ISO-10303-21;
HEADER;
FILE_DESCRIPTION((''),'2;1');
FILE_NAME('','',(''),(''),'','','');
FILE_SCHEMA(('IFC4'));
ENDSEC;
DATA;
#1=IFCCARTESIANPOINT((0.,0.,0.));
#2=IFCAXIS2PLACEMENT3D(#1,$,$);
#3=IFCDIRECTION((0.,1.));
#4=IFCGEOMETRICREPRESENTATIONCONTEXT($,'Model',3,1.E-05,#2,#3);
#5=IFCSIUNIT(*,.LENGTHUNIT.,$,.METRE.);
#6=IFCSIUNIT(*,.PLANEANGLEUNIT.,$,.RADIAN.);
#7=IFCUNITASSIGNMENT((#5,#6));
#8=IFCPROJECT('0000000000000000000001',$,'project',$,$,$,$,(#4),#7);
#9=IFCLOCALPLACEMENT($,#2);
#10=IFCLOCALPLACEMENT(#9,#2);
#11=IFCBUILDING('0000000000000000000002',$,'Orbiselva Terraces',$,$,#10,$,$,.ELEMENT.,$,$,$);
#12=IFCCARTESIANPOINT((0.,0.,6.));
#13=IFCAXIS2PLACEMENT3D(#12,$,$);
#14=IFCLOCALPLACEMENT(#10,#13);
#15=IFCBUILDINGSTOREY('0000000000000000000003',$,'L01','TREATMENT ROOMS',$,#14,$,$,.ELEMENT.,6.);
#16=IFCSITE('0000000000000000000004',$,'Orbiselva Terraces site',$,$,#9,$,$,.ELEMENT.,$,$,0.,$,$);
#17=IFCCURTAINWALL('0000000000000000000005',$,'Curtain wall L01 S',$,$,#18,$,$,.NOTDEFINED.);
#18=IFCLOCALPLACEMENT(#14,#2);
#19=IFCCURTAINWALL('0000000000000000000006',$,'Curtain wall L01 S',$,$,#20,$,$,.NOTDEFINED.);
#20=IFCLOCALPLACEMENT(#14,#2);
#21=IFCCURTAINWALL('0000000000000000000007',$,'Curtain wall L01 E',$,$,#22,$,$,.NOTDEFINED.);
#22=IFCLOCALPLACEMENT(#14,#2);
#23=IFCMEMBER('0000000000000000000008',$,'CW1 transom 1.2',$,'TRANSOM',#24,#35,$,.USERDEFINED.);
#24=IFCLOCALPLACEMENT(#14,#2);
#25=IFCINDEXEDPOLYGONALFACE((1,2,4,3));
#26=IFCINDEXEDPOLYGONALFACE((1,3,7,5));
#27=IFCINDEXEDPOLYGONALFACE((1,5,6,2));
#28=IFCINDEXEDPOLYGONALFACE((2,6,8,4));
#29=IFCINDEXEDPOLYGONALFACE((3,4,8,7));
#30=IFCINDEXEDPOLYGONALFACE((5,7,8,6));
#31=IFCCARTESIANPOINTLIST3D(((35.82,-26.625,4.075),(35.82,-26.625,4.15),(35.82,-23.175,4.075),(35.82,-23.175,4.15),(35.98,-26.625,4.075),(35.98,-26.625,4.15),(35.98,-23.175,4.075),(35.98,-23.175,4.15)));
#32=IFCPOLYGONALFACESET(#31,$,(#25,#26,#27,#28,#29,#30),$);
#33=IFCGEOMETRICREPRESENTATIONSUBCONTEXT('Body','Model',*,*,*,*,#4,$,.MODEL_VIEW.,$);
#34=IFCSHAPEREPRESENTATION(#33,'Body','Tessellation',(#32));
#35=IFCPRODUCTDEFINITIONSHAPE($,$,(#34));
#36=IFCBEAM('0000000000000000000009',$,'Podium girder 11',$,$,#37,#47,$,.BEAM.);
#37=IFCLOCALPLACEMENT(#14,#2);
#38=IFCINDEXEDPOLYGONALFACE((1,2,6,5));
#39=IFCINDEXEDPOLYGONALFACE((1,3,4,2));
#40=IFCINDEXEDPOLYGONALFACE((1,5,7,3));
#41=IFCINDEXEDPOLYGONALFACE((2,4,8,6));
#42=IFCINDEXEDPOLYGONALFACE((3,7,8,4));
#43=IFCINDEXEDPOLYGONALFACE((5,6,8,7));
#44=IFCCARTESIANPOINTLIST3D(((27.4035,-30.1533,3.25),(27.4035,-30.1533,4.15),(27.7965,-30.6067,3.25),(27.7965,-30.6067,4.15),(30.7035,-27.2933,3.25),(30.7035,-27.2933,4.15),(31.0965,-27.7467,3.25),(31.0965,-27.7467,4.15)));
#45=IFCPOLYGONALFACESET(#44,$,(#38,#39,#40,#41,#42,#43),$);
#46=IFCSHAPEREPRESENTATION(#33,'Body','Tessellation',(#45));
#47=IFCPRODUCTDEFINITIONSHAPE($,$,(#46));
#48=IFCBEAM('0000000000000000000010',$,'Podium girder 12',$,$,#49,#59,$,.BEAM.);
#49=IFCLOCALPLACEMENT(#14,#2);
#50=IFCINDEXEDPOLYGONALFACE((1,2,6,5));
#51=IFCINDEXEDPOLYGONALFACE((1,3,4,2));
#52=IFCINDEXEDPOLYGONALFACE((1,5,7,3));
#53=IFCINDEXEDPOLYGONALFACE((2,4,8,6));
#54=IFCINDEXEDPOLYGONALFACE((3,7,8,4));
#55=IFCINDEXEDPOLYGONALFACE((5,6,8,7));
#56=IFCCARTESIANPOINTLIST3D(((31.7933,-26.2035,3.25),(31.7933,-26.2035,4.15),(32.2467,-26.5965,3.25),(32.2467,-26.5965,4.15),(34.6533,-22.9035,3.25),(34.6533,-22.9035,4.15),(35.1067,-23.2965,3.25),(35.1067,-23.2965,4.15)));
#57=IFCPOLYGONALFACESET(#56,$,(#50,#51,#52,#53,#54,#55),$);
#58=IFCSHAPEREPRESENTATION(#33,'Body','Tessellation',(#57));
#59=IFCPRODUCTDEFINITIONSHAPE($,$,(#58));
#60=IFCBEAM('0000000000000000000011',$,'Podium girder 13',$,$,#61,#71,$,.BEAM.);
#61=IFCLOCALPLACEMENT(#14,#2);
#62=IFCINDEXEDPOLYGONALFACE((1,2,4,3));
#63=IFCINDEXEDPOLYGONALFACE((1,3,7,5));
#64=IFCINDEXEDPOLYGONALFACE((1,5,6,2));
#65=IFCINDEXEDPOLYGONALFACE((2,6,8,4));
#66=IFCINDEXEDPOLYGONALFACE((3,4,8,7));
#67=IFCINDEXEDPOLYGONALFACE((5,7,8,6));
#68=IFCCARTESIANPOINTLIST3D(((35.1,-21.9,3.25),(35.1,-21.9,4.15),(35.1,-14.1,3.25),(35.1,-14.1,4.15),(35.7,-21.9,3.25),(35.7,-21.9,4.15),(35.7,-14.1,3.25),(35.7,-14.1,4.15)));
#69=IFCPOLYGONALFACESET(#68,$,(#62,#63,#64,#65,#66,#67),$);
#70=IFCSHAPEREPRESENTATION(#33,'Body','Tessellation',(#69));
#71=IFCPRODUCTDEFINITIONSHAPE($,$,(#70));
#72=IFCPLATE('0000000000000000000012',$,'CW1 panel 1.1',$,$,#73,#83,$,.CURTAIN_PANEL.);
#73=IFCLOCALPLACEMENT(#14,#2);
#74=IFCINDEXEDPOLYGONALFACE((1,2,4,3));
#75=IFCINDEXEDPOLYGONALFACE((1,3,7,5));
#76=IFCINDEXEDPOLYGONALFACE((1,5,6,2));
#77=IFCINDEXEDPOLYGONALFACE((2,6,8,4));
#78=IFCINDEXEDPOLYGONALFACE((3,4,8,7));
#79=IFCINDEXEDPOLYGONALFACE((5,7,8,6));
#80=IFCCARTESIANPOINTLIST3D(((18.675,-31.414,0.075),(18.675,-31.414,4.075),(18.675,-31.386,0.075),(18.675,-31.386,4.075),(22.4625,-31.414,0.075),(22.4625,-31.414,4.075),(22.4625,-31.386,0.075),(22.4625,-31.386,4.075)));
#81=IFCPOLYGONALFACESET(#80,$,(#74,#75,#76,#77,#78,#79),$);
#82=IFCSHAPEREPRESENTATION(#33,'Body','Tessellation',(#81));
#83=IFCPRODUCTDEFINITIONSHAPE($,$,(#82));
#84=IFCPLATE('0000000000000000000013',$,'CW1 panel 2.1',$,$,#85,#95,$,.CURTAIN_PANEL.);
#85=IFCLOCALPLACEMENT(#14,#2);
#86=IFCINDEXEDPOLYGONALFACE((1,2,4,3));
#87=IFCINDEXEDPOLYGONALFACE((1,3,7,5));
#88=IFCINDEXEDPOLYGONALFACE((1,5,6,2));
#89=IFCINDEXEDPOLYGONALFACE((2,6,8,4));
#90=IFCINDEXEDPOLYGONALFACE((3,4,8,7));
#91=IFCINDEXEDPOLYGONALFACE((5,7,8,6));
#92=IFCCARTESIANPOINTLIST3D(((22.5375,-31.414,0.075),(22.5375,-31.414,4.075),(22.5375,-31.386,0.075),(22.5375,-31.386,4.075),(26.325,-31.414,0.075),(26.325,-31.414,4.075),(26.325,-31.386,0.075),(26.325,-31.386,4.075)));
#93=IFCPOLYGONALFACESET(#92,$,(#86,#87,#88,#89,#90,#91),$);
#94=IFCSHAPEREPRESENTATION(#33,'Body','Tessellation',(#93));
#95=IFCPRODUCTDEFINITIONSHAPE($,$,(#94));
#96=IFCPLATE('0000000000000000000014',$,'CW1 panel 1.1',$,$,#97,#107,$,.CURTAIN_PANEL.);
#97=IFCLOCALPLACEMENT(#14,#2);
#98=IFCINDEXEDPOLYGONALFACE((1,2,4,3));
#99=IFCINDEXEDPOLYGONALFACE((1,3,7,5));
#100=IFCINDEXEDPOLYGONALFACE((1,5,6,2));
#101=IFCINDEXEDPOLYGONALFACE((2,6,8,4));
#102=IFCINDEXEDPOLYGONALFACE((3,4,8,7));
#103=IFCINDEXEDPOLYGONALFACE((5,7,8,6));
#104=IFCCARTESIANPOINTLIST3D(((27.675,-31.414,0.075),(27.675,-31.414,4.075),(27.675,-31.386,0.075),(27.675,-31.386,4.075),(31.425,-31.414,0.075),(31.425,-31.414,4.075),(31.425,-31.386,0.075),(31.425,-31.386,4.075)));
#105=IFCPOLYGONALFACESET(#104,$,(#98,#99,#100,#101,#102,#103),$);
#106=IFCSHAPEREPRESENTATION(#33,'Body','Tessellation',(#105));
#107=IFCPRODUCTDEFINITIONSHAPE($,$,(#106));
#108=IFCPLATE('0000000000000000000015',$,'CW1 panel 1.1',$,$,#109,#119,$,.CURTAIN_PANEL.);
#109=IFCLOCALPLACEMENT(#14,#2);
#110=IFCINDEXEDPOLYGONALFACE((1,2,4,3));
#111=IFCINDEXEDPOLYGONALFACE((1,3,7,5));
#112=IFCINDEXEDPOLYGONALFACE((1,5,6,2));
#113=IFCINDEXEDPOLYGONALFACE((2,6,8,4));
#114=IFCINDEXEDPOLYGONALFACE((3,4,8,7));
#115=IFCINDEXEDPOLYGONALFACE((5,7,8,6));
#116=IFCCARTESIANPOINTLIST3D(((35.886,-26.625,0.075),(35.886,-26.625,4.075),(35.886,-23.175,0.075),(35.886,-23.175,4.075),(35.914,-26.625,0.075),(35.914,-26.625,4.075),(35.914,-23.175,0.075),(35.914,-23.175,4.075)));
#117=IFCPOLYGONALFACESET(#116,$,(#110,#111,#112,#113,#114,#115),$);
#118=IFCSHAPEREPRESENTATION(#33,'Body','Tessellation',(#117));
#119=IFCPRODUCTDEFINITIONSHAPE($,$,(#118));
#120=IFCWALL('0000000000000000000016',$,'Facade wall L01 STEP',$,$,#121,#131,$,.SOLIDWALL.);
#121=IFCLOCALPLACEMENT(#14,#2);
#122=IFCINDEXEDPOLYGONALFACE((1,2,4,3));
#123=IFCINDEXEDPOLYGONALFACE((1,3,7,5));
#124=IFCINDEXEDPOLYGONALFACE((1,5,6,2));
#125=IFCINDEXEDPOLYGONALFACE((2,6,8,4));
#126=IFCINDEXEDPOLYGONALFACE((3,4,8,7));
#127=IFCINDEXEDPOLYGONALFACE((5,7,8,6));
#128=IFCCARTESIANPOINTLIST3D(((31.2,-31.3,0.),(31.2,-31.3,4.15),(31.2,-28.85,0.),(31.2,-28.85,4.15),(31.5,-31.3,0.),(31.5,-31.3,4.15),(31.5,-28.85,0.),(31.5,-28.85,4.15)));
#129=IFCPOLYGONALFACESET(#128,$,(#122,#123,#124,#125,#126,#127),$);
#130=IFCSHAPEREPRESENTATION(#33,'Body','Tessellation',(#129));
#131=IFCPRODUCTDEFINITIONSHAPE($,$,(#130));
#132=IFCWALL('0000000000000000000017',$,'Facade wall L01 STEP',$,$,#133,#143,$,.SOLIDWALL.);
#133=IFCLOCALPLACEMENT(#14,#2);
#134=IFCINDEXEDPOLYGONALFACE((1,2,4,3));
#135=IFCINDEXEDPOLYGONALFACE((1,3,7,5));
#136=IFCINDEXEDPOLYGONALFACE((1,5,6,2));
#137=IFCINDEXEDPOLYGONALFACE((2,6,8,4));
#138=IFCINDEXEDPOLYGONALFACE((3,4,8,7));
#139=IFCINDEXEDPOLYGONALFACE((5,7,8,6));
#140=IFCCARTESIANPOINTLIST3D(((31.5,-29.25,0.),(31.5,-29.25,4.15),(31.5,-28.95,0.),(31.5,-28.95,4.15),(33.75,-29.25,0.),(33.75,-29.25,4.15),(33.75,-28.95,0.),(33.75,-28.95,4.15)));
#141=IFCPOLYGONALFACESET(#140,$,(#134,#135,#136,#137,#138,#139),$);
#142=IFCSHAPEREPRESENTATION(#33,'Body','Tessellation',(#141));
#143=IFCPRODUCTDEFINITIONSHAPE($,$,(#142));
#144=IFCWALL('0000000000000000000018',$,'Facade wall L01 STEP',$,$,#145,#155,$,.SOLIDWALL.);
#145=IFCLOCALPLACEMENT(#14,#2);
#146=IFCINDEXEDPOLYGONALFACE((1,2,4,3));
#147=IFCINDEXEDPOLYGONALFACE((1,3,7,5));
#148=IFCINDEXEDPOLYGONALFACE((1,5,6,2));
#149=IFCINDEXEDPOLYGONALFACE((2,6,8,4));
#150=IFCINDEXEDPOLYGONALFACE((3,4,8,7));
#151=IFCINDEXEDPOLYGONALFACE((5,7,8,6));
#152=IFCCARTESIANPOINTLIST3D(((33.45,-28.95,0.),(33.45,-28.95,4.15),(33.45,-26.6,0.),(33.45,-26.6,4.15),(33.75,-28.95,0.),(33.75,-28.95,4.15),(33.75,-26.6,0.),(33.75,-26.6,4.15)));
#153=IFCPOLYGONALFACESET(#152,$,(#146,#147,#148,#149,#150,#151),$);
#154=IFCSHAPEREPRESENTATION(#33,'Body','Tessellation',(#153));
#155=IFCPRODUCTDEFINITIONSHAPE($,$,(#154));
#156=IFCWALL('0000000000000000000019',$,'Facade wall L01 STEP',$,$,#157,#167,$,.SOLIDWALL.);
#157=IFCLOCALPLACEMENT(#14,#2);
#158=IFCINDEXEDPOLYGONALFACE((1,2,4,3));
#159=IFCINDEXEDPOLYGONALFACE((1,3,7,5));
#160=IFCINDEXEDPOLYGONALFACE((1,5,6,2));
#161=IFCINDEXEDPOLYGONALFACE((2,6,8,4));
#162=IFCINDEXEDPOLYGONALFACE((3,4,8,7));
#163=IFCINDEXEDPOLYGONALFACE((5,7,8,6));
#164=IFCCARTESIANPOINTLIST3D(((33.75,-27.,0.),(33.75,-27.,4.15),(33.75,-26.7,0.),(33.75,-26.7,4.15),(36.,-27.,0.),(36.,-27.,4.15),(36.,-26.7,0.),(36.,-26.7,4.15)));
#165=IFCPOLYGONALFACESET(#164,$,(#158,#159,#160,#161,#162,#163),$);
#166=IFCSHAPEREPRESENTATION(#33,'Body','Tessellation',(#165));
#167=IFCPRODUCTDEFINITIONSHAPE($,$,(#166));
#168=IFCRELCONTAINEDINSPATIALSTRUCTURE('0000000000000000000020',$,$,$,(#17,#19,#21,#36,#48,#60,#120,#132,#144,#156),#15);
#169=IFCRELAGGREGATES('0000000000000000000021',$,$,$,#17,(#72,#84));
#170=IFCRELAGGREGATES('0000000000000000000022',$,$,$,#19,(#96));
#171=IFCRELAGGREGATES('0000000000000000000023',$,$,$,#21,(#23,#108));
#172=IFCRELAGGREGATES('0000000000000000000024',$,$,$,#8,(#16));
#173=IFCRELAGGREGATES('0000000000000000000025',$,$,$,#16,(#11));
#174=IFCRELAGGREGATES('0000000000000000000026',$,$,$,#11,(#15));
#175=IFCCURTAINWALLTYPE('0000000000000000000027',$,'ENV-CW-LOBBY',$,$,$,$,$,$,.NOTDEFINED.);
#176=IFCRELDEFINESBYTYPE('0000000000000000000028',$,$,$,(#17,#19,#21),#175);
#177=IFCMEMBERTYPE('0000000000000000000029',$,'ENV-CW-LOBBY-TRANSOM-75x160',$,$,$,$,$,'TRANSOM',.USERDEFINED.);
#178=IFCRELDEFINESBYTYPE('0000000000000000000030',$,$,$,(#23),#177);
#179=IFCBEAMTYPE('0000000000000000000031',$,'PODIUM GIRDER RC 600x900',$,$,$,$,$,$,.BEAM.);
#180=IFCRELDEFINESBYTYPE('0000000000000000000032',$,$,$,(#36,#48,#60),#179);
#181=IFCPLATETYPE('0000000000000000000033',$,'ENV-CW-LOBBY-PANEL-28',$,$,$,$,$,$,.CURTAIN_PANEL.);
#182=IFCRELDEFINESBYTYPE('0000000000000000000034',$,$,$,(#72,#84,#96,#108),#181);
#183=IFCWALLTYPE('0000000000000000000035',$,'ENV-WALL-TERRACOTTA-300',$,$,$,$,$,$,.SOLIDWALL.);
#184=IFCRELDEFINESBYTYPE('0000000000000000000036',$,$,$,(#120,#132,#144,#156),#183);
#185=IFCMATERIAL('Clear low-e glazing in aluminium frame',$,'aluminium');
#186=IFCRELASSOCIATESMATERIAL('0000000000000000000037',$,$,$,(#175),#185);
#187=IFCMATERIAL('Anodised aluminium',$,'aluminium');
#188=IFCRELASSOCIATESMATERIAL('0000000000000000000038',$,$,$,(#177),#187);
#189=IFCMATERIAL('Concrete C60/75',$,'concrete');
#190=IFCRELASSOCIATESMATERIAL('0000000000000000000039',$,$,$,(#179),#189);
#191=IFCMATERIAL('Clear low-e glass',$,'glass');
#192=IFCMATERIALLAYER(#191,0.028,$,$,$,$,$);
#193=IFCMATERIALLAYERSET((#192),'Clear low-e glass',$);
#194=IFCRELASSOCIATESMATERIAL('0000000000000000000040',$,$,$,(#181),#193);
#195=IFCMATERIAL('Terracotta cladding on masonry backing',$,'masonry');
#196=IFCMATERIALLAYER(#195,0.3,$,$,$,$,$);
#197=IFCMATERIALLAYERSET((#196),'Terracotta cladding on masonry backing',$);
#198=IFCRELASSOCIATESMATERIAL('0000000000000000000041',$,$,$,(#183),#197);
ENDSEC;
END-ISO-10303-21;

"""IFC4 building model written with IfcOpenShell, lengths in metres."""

from ifc_helpers import new_model, si_unit, direction, frame, frame_2d, origin, origin_2d, place, context, subcontext, project, spatial, rectangle, extrude, material, layer, layer_set, material_profile, profile_set, type_object, element, aggregate, save


model = new_model("IFC4")

# Units and contexts
model_context = context("Model", 3, precision=1e-05, world=origin(), true_north=direction((0.0, 1.0)))
body_context = subcontext(model_context, "Body", "Model", "MODEL_VIEW")
ifc_project = project(units=[si_unit("LENGTHUNIT", "METRE"), si_unit("PLANEANGLEUNIT", "RADIAN")], contexts=[model_context])

# Site, building, storey
site_placement = place(None, origin())
site = spatial("IfcSite", under=ifc_project, at=site_placement, Name="Orbiselva Terraces site", CompositionType="ELEMENT", RefElevation=0.0)
building_placement = place(site_placement, origin())
building = spatial("IfcBuilding", under=site, at=building_placement, Name="Orbiselva Terraces", CompositionType="ELEMENT")
storey_placement = place(building_placement, frame((0.0, 0.0, 6.0)))
storey = spatial("IfcBuildingStorey", under=building, at=storey_placement, Name="L01", Description="TREATMENT ROOMS", CompositionType="ELEMENT", Elevation=6.0)

# Shared definitions
ifc_material_1 = material(Name="Concrete C60/75", Category="concrete")

# Curtain walls
ifc_material_2 = material(Name="Clear low-e glazing in aluminium frame", Category="aluminium")
curtain_wall_type = type_object("IfcCurtainWallType", Name="ENV-CW-LOBBY", PredefinedType="NOTDEFINED", material=ifc_material_2)
curtain_wall_1_placement = place(storey_placement, origin())
curtain_wall_1 = element("IfcCurtainWall", 1, at=curtain_wall_1_placement, inside=storey, type_object=curtain_wall_type, Name="Curtain wall L01 S", PredefinedType="NOTDEFINED")
ifc_material_3 = material(Name="Anodised aluminium", Category="aluminium")
curtain_wall_2_placement = place(storey_placement, origin())
curtain_wall_2 = element("IfcCurtainWall", 2, at=curtain_wall_2_placement, inside=storey, type_object=curtain_wall_type, Name="Curtain wall L01 S", PredefinedType="NOTDEFINED")
curtain_wall_3_placement = place(storey_placement, origin())
curtain_wall_3 = element("IfcCurtainWall", 3, at=curtain_wall_3_placement, inside=storey, type_object=curtain_wall_type, Name="Curtain wall L01 E", PredefinedType="NOTDEFINED")

# Member
ifc_material_profile_1 = material_profile(ifc_material_3, rectangle(XDim=0.16, YDim=0.075, at=origin_2d()), Name="AL 75x160")
ifc_profile_set_1 = profile_set([ifc_material_profile_1], Name="Anodised aluminium")
member_type_1 = type_object("IfcMemberType", Name="ENV-CW-LOBBY-TRANSOM-75x160", ElementType="TRANSOM", PredefinedType="USERDEFINED", material=ifc_profile_set_1)
member_1_placement = place(storey_placement, frame((35.9, -26.625, 4.1125), z_axis=(0.0, 1.0, 0.0), x_axis=(-1.0, 0.0, 0.0)))
member_1 = element("IfcMember", 4, at=member_1_placement, type_object=member_type_1, Name="CW1 transom 1.2", ObjectType="TRANSOM", PredefinedType="USERDEFINED", context=body_context, shape_type="SweptSolid", body=[
    extrude(rectangle(XDim=0.16, YDim=0.075, at=origin_2d()), origin(), (0.0, 0.0, 1.0), 3.45),
])

# Beams
ifc_material_profile_2 = material_profile(ifc_material_1, rectangle(XDim=0.6, YDim=0.9, at=origin_2d()), Name="RC 600x900")
ifc_profile_set_2 = profile_set([ifc_material_profile_2], Name="Concrete C60/75")
beam_type = type_object("IfcBeamType", Name="PODIUM GIRDER RC 600x900", PredefinedType="BEAM", material=ifc_profile_set_2)
for number, where, z_axis, x_axis, name in (
    (5, (27.6, -30.38, 3.7), (0.755689, 0.654931, 0.0), (-0.654931, 0.755689, 0.0), "Podium girder 11"),
    (6, (32.02, -26.4, 3.7), (0.654931, 0.755689, 0.0), (-0.755689, 0.654931, 0.0), "Podium girder 12"),
):
    element("IfcBeam", number, at=place(storey_placement, frame(where, z_axis=z_axis, x_axis=x_axis)), inside=storey, type_object=beam_type, Name=name, PredefinedType="BEAM", context=body_context, shape_type="SweptSolid", body=[
        extrude(rectangle(XDim=0.6, YDim=0.9, at=origin_2d()), origin(), (0.0, 0.0, 1.0), 4.3669),
    ])
beam_placement = place(storey_placement, frame((35.4, -21.9, 3.7), z_axis=(0.0, 1.0, 0.0), x_axis=(-1.0, 0.0, 0.0)))
element("IfcBeam", 7, at=beam_placement, inside=storey, type_object=beam_type, Name="Podium girder 13", PredefinedType="BEAM", context=body_context, shape_type="SweptSolid", body=[
    extrude(rectangle(XDim=0.6, YDim=0.9, at=origin_2d()), origin(), (0.0, 0.0, 1.0), 7.8),
])

# Plates
ifc_material_4 = material(Name="Clear low-e glass", Category="glass")
ifc_layer_1 = layer(ifc_material_4, 0.028)
ifc_layer_set_1 = layer_set([ifc_layer_1], Name="Clear low-e glass")
plate_type = type_object("IfcPlateType", Name="ENV-CW-LOBBY-PANEL-28", PredefinedType="CURTAIN_PANEL", material=ifc_layer_set_1)
plate_1_placement = place(storey_placement, frame((20.5688, -31.4, 0.075), z_axis=(0.0, 0.0, 1.0), x_axis=(1.0, 0.0, 0.0)))
plate_1 = element("IfcPlate", 8, at=plate_1_placement, type_object=plate_type, Name="CW1 panel 1.1", PredefinedType="CURTAIN_PANEL", context=body_context, shape_type="SweptSolid", body=[
    extrude(rectangle(XDim=3.7875, YDim=0.028, at=origin_2d()), origin(), (0.0, 0.0, 1.0), 4.0),
])
plate_2_placement = place(storey_placement, frame((24.4312, -31.4, 0.075), z_axis=(0.0, 0.0, 1.0), x_axis=(1.0, 0.0, 0.0)))
plate_2 = element("IfcPlate", 9, at=plate_2_placement, type_object=plate_type, Name="CW1 panel 2.1", PredefinedType="CURTAIN_PANEL", context=body_context, shape_type="SweptSolid", body=[
    extrude(rectangle(XDim=3.7875, YDim=0.028, at=origin_2d()), origin(), (0.0, 0.0, 1.0), 4.0),
])
aggregate(curtain_wall_1, [plate_1, plate_2])
plate_3_placement = place(storey_placement, frame((29.55, -31.4, 0.075), z_axis=(0.0, 0.0, 1.0), x_axis=(1.0, 0.0, 0.0)))
plate_3 = element("IfcPlate", 10, at=plate_3_placement, type_object=plate_type, Name="CW1 panel 1.1", PredefinedType="CURTAIN_PANEL", context=body_context, shape_type="SweptSolid", body=[
    extrude(rectangle(XDim=3.75, YDim=0.028, at=origin_2d()), origin(), (0.0, 0.0, 1.0), 4.0),
])
aggregate(curtain_wall_2, [plate_3])
plate_4_placement = place(storey_placement, frame((35.9, -24.9, 0.075), z_axis=(0.0, 0.0, 1.0), x_axis=(0.0, 1.0, 0.0)))
plate_4 = element("IfcPlate", 11, at=plate_4_placement, type_object=plate_type, Name="CW1 panel 1.1", PredefinedType="CURTAIN_PANEL", context=body_context, shape_type="SweptSolid", body=[
    extrude(rectangle(XDim=3.45, YDim=0.028, at=origin_2d()), origin(), (0.0, 0.0, 1.0), 4.0),
])
aggregate(curtain_wall_3, [member_1, plate_4])

# Walls
ifc_material_5 = material(Name="Terracotta cladding on masonry backing", Category="masonry")
ifc_layer_2 = layer(ifc_material_5, 0.3)
ifc_layer_set_2 = layer_set([ifc_layer_2], Name="Terracotta cladding on masonry backing")
wall_type = type_object("IfcWallType", Name="ENV-WALL-TERRACOTTA-300", PredefinedType="SOLIDWALL", material=ifc_layer_set_2)
wall_1_placement = place(storey_placement, frame((31.35, -28.85, 0.0), z_axis=(0.0, 0.0, 1.0), x_axis=(0.0, -1.0, 0.0)))
element("IfcWall", 12, at=wall_1_placement, inside=storey, type_object=wall_type, Name="Facade wall L01 STEP", PredefinedType="SOLIDWALL", context=body_context, shape_type="SweptSolid", body=[
    extrude(rectangle(XDim=2.45, YDim=0.3, at=frame_2d((1.225, 0.0))), origin(), (0.0, 0.0, 1.0), 4.15),
])
wall_2_placement = place(storey_placement, frame((33.75, -29.1, 0.0), z_axis=(0.0, 0.0, 1.0), x_axis=(-1.0, 0.0, 0.0)))
element("IfcWall", 13, at=wall_2_placement, inside=storey, type_object=wall_type, Name="Facade wall L01 STEP", PredefinedType="SOLIDWALL", context=body_context, shape_type="SweptSolid", body=[
    extrude(rectangle(XDim=2.25, YDim=0.3, at=frame_2d((1.125, 0.0))), origin(), (0.0, 0.0, 1.0), 4.15),
])
wall_3_placement = place(storey_placement, frame((33.6, -26.6, 0.0), z_axis=(0.0, 0.0, 1.0), x_axis=(0.0, -1.0, 0.0)))
element("IfcWall", 14, at=wall_3_placement, inside=storey, type_object=wall_type, Name="Facade wall L01 STEP", PredefinedType="SOLIDWALL", context=body_context, shape_type="SweptSolid", body=[
    extrude(rectangle(XDim=2.35, YDim=0.3, at=frame_2d((1.175, 0.0))), origin(), (0.0, 0.0, 1.0), 4.15),
])
wall_4_placement = place(storey_placement, frame((36.0, -26.85, 0.0), z_axis=(0.0, 0.0, 1.0), x_axis=(-1.0, 0.0, 0.0)))
element("IfcWall", 15, at=wall_4_placement, inside=storey, type_object=wall_type, Name="Facade wall L01 STEP", PredefinedType="SOLIDWALL", context=body_context, shape_type="SweptSolid", body=[
    extrude(rectangle(XDim=2.25, YDim=0.3, at=frame_2d((1.125, 0.0))), origin(), (0.0, 0.0, 1.0), 4.15),
])

save(model, "model.ifc")
